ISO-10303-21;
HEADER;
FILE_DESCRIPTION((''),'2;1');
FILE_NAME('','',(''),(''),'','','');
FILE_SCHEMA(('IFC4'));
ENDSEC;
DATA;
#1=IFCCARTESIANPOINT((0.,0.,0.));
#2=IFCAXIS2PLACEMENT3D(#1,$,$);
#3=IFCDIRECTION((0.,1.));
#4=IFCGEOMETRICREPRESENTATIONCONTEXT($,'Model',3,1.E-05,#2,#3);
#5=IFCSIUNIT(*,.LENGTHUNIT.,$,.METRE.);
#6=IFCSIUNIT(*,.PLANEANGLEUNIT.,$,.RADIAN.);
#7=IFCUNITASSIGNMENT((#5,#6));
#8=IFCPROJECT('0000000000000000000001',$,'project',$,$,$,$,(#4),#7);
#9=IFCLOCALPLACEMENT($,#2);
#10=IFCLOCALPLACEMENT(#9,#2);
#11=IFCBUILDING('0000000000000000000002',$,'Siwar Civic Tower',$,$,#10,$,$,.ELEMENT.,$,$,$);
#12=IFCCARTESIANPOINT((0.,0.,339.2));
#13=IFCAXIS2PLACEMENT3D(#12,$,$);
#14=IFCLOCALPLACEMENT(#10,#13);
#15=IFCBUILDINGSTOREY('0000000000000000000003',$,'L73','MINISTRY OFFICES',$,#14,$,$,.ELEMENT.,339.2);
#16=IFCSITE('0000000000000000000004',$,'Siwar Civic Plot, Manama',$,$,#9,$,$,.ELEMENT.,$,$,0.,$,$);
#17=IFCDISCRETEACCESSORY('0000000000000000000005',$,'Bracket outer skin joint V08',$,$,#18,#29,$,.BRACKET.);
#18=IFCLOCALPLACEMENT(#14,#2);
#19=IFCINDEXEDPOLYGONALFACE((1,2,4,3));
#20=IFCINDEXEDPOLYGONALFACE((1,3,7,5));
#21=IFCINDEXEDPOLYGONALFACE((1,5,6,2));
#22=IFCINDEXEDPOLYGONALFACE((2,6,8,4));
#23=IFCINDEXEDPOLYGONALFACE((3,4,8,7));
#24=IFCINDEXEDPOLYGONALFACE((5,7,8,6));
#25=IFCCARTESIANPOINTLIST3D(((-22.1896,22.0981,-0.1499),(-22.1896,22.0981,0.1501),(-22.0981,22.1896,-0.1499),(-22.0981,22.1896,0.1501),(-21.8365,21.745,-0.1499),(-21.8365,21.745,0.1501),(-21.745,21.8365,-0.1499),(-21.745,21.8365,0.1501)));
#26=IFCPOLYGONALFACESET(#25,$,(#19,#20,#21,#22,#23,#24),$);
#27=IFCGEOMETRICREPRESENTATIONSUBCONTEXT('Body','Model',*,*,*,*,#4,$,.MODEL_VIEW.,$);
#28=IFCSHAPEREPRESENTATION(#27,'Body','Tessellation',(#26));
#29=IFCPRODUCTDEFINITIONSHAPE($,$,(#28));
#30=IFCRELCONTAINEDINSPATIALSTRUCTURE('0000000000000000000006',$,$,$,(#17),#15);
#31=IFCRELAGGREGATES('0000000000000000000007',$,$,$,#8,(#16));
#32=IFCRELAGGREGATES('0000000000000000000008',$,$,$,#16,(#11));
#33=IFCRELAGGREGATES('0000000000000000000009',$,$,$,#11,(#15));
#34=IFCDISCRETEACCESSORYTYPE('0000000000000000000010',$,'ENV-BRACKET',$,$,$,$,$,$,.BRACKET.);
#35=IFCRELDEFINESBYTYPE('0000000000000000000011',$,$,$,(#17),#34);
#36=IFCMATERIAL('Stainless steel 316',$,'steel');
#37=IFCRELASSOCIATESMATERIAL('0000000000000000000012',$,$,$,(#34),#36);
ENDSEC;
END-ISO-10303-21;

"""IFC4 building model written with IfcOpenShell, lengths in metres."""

from ifc_helpers import new_model, si_unit, direction, frame, origin, origin_2d, place, context, subcontext, project, spatial, rectangle, extrude, material, type_object, element, save


model = new_model("IFC4")

# Units and contexts
model_context = context("Model", 3, precision=1e-05, world=origin(), true_north=direction((0.0, 1.0)))
body_context = subcontext(model_context, "Body", "Model", "MODEL_VIEW")
ifc_project = project(units=[si_unit("LENGTHUNIT", "METRE"), si_unit("PLANEANGLEUNIT", "RADIAN")], contexts=[model_context])

# Site, building, storey
site_placement = place(None, origin())
site = spatial("IfcSite", under=ifc_project, at=site_placement, Name="Siwar Civic Plot, Manama", CompositionType="ELEMENT", RefElevation=0.0)
building_placement = place(site_placement, origin())
building = spatial("IfcBuilding", under=site, at=building_placement, Name="Siwar Civic Tower", CompositionType="ELEMENT")
storey_placement = place(building_placement, frame((0.0, 0.0, 339.2)))
storey = spatial("IfcBuildingStorey", under=building, at=storey_placement, Name="L73", Description="MINISTRY OFFICES", CompositionType="ELEMENT", Elevation=339.2)

# Discrete accessory
ifc_material_1 = material(Name="Stainless steel 316", Category="steel")
discrete_accessory_type = type_object("IfcDiscreteAccessoryType", Name="ENV-BRACKET", PredefinedType="BRACKET", material=ifc_material_1)
discrete_accessory_1_placement = place(storey_placement, frame((-21.9673, 21.9673, -0.1499), z_axis=(0.0, 0.0, 1.0), x_axis=(-0.707107, 0.707107, 0.0)))
element("IfcDiscreteAccessory", 1, at=discrete_accessory_1_placement, inside=storey, type_object=discrete_accessory_type, Name="Bracket outer skin joint V08", PredefinedType="BRACKET", context=body_context, shape_type="SweptSolid", body=[
    extrude(rectangle(XDim=0.4993, YDim=0.1294, at=origin_2d()), origin(), (0.0, 0.0, 1.0), 0.3),
])

save(model, "model.ifc")
